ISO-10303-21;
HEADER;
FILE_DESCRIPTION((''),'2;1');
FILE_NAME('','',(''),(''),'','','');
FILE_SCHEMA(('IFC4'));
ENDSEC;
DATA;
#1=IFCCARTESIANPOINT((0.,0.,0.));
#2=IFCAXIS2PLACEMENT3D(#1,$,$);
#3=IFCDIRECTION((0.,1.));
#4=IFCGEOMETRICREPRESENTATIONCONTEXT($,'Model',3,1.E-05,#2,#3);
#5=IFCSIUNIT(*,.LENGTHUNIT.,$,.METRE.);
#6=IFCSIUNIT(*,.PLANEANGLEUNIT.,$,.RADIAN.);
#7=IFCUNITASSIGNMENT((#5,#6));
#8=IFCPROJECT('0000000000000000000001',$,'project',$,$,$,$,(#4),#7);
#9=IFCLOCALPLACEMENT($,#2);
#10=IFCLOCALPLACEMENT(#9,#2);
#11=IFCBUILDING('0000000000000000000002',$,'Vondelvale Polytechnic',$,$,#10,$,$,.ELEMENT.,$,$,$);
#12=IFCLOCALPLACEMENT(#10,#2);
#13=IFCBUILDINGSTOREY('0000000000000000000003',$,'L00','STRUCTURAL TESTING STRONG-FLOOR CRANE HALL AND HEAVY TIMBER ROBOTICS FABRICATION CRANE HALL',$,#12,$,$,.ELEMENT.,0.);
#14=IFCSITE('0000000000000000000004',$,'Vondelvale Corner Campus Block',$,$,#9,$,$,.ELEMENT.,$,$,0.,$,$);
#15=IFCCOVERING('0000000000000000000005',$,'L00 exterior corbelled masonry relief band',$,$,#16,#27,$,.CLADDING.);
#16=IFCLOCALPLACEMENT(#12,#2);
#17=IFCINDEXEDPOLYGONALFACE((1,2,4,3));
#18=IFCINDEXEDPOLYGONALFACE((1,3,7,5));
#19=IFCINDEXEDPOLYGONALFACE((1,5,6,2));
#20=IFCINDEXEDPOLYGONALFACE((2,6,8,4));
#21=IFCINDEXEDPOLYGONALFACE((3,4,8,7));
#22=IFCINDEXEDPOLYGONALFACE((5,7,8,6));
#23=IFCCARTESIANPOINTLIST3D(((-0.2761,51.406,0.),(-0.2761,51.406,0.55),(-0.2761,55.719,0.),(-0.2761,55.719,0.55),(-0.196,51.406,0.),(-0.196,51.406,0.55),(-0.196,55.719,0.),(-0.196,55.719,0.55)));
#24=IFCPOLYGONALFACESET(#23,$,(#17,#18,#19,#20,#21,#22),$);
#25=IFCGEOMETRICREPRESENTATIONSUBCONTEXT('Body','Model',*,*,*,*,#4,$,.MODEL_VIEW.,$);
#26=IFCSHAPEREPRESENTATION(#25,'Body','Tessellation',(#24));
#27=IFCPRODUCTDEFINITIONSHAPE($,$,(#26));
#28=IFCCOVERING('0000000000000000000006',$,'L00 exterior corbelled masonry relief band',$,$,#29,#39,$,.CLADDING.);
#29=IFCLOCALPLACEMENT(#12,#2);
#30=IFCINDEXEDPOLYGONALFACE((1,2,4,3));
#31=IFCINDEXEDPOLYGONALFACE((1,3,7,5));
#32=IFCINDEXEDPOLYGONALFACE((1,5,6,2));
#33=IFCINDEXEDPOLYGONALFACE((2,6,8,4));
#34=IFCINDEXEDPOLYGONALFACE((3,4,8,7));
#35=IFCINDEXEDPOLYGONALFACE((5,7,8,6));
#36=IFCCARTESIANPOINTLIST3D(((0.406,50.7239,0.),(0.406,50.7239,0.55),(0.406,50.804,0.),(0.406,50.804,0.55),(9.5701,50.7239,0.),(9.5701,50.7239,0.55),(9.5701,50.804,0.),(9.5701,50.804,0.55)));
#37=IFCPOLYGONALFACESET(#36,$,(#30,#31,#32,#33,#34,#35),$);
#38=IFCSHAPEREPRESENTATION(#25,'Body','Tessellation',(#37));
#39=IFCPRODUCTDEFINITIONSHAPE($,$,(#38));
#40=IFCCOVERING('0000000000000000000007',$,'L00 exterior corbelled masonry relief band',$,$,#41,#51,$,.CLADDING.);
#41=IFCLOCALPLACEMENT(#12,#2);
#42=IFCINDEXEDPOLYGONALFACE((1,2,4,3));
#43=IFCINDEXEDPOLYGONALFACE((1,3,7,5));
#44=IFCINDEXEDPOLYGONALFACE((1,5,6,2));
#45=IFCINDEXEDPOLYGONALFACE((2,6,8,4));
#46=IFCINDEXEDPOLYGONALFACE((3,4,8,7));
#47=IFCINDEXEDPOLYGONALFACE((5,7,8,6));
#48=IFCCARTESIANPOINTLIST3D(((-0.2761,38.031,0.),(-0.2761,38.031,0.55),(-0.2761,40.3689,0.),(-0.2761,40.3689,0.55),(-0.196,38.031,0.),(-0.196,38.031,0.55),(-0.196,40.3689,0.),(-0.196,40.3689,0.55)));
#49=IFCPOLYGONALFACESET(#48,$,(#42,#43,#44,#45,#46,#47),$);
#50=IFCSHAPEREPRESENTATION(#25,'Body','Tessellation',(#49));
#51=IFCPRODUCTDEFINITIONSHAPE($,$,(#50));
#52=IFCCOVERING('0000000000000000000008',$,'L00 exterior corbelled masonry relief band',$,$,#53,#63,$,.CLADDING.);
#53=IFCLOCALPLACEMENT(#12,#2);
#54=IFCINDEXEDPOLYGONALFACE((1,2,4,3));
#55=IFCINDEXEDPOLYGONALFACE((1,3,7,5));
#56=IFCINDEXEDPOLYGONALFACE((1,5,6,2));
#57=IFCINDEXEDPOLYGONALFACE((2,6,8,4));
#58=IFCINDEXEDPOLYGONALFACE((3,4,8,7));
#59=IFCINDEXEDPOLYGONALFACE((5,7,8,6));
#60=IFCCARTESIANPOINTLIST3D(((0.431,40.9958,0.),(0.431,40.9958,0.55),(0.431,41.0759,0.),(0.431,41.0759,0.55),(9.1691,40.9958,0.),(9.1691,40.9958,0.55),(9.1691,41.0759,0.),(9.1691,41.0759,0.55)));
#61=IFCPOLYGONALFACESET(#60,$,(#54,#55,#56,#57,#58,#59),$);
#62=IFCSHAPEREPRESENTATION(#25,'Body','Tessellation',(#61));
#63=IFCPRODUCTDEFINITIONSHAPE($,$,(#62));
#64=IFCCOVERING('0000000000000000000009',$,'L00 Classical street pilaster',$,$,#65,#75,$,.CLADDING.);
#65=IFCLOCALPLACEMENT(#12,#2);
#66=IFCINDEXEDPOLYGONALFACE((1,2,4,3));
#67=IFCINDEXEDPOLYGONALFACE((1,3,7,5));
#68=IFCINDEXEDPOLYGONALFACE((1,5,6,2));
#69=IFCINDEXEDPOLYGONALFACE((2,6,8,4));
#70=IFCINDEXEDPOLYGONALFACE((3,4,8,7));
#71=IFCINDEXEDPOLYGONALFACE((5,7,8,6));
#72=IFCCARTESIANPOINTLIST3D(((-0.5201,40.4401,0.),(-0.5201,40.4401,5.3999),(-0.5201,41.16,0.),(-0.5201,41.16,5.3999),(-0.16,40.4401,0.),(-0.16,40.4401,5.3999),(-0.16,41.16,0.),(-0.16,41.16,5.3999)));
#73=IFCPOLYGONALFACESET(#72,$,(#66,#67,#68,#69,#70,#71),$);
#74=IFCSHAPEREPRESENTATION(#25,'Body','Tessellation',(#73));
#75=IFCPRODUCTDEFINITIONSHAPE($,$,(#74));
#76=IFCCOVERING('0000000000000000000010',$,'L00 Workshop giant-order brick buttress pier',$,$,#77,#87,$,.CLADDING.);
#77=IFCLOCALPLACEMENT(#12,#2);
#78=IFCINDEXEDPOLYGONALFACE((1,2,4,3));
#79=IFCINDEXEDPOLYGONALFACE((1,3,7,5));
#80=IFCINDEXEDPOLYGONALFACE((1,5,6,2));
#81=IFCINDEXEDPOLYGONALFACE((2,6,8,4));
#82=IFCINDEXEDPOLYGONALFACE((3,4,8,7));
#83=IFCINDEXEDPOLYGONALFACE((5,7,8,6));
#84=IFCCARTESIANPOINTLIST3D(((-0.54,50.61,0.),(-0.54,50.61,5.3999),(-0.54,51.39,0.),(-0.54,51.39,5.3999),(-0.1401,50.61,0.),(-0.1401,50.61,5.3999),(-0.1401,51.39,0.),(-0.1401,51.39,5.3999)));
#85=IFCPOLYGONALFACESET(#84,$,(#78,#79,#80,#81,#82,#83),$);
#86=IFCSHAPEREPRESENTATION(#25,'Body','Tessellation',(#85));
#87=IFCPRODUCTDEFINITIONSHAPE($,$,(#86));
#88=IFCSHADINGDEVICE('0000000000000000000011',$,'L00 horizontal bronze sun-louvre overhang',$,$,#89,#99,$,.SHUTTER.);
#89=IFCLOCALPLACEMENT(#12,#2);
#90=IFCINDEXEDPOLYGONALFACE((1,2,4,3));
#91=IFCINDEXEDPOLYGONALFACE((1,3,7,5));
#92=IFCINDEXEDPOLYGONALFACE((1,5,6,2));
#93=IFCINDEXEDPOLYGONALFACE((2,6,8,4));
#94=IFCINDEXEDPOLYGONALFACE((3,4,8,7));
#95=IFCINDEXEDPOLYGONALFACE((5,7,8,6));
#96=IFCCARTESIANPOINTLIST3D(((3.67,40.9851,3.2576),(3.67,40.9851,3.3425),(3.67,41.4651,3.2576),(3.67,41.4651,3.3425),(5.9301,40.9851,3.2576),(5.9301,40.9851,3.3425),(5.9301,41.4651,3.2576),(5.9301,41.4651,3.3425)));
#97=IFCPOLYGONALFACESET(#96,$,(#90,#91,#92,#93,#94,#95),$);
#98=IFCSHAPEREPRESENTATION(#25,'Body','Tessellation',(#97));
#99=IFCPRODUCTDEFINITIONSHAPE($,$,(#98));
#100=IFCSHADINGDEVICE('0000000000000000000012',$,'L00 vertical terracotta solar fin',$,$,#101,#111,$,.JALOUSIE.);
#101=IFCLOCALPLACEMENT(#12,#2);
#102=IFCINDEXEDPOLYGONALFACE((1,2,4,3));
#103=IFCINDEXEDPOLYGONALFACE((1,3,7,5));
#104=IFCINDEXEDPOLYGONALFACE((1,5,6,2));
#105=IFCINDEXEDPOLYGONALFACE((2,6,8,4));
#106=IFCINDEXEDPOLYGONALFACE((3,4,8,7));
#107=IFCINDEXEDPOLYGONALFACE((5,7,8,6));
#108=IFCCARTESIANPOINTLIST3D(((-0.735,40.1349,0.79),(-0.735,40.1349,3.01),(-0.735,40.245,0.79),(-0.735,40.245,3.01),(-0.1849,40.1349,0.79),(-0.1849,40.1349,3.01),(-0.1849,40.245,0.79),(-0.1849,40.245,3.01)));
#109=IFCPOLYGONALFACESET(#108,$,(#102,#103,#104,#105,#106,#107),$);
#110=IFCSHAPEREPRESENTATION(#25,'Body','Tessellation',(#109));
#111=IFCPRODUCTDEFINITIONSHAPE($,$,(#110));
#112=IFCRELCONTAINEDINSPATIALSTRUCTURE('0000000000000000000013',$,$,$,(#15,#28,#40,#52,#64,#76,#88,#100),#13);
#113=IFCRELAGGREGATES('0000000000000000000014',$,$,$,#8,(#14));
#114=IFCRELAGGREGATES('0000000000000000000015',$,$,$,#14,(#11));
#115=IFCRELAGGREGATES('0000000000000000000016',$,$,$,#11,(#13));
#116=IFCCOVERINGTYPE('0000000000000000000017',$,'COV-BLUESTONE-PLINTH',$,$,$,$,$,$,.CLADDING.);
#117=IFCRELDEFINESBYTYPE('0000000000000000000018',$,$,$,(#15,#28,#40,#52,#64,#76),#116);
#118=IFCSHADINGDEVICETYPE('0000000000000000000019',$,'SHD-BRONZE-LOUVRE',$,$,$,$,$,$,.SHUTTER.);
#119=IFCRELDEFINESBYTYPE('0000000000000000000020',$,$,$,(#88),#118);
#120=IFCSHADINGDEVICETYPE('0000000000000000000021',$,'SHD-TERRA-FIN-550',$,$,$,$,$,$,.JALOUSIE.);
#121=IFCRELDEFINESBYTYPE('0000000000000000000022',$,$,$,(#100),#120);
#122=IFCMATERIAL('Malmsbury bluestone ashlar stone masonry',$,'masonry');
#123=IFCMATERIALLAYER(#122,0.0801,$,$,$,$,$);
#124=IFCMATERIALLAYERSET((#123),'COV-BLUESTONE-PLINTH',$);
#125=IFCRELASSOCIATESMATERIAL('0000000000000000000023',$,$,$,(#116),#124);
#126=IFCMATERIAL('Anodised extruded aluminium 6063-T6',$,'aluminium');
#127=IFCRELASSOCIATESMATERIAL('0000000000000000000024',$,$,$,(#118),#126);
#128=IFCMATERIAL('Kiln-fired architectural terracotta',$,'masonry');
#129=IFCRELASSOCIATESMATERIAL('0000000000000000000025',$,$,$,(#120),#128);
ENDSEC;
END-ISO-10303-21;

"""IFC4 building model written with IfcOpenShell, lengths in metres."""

from ifc_helpers import new_model, si_unit, direction, frame, origin, origin_2d, place, context, subcontext, project, spatial, rectangle, extrude, material, layer, layer_set, type_object, element, save


model = new_model("IFC4")

# Units and contexts
model_context = context("Model", 3, precision=1e-05, world=origin(), true_north=direction((0.0, 1.0)))
body_context = subcontext(model_context, "Body", "Model", "MODEL_VIEW")
ifc_project = project(units=[si_unit("LENGTHUNIT", "METRE"), si_unit("PLANEANGLEUNIT", "RADIAN")], contexts=[model_context])

# Site, building, storey
site_placement = place(None, origin())
site = spatial("IfcSite", under=ifc_project, at=site_placement, Name="Vondelvale Corner Campus Block", CompositionType="ELEMENT", RefElevation=0.0)
building_placement = place(site_placement, origin())
building = spatial("IfcBuilding", under=site, at=building_placement, Name="Vondelvale Polytechnic", CompositionType="ELEMENT")
storey_placement = place(building_placement, origin())
storey = spatial("IfcBuildingStorey", under=building, at=storey_placement, Name="L00", Description="STRUCTURAL TESTING STRONG-FLOOR CRANE HALL AND HEAVY TIMBER ROBOTICS FABRICATION CRANE HALL", CompositionType="ELEMENT", Elevation=0.0)

# Shared definitions
ifc_material_1 = material(Name="Malmsbury bluestone ashlar stone masonry", Category="masonry")

# Coverings
ifc_layer_1 = layer(ifc_material_1, 0.0801)
ifc_layer_set_1 = layer_set([ifc_layer_1], Name="COV-BLUESTONE-PLINTH")
covering_type = type_object("IfcCoveringType", Name="COV-BLUESTONE-PLINTH", PredefinedType="CLADDING", material=ifc_layer_set_1)
covering_1_placement = place(storey_placement, frame((-0.2361, 53.5625, 0.0), z_axis=(0.0, 0.0, 1.0), x_axis=(0.0, 1.0, 0.0)))
element("IfcCovering", 1, at=covering_1_placement, inside=storey, type_object=covering_type, Name="L00 exterior corbelled masonry relief band", PredefinedType="CLADDING", context=body_context, shape_type="SweptSolid", body=[
    extrude(rectangle(XDim=4.313, YDim=0.0801, at=origin_2d()), origin(), (0.0, 0.0, 1.0), 0.55),
])
covering_2_placement = place(storey_placement, frame((4.988, 50.7639, 0.0), z_axis=(0.0, 0.0, 1.0), x_axis=(-1.0, 0.0, 0.0)))
element("IfcCovering", 2, at=covering_2_placement, inside=storey, type_object=covering_type, Name="L00 exterior corbelled masonry relief band", PredefinedType="CLADDING", context=body_context, shape_type="SweptSolid", body=[
    extrude(rectangle(XDim=9.1641, YDim=0.0801, at=origin_2d()), origin(), (0.0, 0.0, 1.0), 0.55),
])
covering_3_placement = place(storey_placement, frame((-0.2361, 39.2, 0.0), z_axis=(0.0, 0.0, 1.0), x_axis=(0.0, 1.0, 0.0)))
element("IfcCovering", 3, at=covering_3_placement, inside=storey, type_object=covering_type, Name="L00 exterior corbelled masonry relief band", PredefinedType="CLADDING", context=body_context, shape_type="SweptSolid", body=[
    extrude(rectangle(XDim=2.3379, YDim=0.0801, at=origin_2d()), origin(), (0.0, 0.0, 1.0), 0.55),
])
covering_4_placement = place(storey_placement, frame((4.8, 41.0359, 0.0), z_axis=(0.0, 0.0, 1.0), x_axis=(1.0, 0.0, 0.0)))
element("IfcCovering", 4, at=covering_4_placement, inside=storey, type_object=covering_type, Name="L00 exterior corbelled masonry relief band", PredefinedType="CLADDING", context=body_context, shape_type="SweptSolid", body=[
    extrude(rectangle(XDim=8.738, YDim=0.0801, at=origin_2d()), origin(), (0.0, 0.0, 1.0), 0.55),
])
covering_5_placement = place(storey_placement, frame((-0.3401, 40.8, 0.0), z_axis=(0.0, 0.0, 1.0), x_axis=(1.0, 0.0, 0.0)))
element("IfcCovering", 5, at=covering_5_placement, inside=storey, type_object=covering_type, Name="L00 Classical street pilaster", PredefinedType="CLADDING", context=body_context, shape_type="SweptSolid", body=[
    extrude(rectangle(XDim=0.3601, YDim=0.72, at=origin_2d()), origin(), (0.0, 0.0, 1.0), 5.3999),
])
covering_6_placement = place(storey_placement, frame((-0.3401, 51.0, 0.0), z_axis=(0.0, 0.0, 1.0), x_axis=(1.0, 0.0, 0.0)))
element("IfcCovering", 6, at=covering_6_placement, inside=storey, type_object=covering_type, Name="L00 Workshop giant-order brick buttress pier", PredefinedType="CLADDING", context=body_context, shape_type="SweptSolid", body=[
    extrude(rectangle(XDim=0.3999, YDim=0.78, at=origin_2d()), origin(), (0.0, 0.0, 1.0), 5.3999),
])

# Shading devices
ifc_material_2 = material(Name="Anodised extruded aluminium 6063-T6", Category="aluminium")
shading_device_type_1 = type_object("IfcShadingDeviceType", Name="SHD-BRONZE-LOUVRE", PredefinedType="SHUTTER", material=ifc_material_2)
shading_device_1_placement = place(storey_placement, frame((4.8, 41.2251, 3.2576), z_axis=(0.0, 0.0, 1.0), x_axis=(1.0, 0.0, 0.0)))
element("IfcShadingDevice", 7, at=shading_device_1_placement, inside=storey, type_object=shading_device_type_1, Name="L00 horizontal bronze sun-louvre overhang", PredefinedType="SHUTTER", context=body_context, shape_type="SweptSolid", body=[
    extrude(rectangle(XDim=2.26, YDim=0.48, at=origin_2d()), origin(), (0.0, 0.0, 1.0), 0.085),
])
ifc_material_3 = material(Name="Kiln-fired architectural terracotta", Category="masonry")
shading_device_type_2 = type_object("IfcShadingDeviceType", Name="SHD-TERRA-FIN-550", PredefinedType="JALOUSIE", material=ifc_material_3)
shading_device_2_placement = place(storey_placement, frame((-0.46, 40.1899, 0.79), z_axis=(0.0, 0.0, 1.0), x_axis=(0.0, 1.0, 0.0)))
element("IfcShadingDevice", 8, at=shading_device_2_placement, inside=storey, type_object=shading_device_type_2, Name="L00 vertical terracotta solar fin", PredefinedType="JALOUSIE", context=body_context, shape_type="SweptSolid", body=[
    extrude(rectangle(XDim=0.1101, YDim=0.55, at=origin_2d()), origin(), (0.0, 0.0, 1.0), 2.22),
])

save(model, "model.ifc")
